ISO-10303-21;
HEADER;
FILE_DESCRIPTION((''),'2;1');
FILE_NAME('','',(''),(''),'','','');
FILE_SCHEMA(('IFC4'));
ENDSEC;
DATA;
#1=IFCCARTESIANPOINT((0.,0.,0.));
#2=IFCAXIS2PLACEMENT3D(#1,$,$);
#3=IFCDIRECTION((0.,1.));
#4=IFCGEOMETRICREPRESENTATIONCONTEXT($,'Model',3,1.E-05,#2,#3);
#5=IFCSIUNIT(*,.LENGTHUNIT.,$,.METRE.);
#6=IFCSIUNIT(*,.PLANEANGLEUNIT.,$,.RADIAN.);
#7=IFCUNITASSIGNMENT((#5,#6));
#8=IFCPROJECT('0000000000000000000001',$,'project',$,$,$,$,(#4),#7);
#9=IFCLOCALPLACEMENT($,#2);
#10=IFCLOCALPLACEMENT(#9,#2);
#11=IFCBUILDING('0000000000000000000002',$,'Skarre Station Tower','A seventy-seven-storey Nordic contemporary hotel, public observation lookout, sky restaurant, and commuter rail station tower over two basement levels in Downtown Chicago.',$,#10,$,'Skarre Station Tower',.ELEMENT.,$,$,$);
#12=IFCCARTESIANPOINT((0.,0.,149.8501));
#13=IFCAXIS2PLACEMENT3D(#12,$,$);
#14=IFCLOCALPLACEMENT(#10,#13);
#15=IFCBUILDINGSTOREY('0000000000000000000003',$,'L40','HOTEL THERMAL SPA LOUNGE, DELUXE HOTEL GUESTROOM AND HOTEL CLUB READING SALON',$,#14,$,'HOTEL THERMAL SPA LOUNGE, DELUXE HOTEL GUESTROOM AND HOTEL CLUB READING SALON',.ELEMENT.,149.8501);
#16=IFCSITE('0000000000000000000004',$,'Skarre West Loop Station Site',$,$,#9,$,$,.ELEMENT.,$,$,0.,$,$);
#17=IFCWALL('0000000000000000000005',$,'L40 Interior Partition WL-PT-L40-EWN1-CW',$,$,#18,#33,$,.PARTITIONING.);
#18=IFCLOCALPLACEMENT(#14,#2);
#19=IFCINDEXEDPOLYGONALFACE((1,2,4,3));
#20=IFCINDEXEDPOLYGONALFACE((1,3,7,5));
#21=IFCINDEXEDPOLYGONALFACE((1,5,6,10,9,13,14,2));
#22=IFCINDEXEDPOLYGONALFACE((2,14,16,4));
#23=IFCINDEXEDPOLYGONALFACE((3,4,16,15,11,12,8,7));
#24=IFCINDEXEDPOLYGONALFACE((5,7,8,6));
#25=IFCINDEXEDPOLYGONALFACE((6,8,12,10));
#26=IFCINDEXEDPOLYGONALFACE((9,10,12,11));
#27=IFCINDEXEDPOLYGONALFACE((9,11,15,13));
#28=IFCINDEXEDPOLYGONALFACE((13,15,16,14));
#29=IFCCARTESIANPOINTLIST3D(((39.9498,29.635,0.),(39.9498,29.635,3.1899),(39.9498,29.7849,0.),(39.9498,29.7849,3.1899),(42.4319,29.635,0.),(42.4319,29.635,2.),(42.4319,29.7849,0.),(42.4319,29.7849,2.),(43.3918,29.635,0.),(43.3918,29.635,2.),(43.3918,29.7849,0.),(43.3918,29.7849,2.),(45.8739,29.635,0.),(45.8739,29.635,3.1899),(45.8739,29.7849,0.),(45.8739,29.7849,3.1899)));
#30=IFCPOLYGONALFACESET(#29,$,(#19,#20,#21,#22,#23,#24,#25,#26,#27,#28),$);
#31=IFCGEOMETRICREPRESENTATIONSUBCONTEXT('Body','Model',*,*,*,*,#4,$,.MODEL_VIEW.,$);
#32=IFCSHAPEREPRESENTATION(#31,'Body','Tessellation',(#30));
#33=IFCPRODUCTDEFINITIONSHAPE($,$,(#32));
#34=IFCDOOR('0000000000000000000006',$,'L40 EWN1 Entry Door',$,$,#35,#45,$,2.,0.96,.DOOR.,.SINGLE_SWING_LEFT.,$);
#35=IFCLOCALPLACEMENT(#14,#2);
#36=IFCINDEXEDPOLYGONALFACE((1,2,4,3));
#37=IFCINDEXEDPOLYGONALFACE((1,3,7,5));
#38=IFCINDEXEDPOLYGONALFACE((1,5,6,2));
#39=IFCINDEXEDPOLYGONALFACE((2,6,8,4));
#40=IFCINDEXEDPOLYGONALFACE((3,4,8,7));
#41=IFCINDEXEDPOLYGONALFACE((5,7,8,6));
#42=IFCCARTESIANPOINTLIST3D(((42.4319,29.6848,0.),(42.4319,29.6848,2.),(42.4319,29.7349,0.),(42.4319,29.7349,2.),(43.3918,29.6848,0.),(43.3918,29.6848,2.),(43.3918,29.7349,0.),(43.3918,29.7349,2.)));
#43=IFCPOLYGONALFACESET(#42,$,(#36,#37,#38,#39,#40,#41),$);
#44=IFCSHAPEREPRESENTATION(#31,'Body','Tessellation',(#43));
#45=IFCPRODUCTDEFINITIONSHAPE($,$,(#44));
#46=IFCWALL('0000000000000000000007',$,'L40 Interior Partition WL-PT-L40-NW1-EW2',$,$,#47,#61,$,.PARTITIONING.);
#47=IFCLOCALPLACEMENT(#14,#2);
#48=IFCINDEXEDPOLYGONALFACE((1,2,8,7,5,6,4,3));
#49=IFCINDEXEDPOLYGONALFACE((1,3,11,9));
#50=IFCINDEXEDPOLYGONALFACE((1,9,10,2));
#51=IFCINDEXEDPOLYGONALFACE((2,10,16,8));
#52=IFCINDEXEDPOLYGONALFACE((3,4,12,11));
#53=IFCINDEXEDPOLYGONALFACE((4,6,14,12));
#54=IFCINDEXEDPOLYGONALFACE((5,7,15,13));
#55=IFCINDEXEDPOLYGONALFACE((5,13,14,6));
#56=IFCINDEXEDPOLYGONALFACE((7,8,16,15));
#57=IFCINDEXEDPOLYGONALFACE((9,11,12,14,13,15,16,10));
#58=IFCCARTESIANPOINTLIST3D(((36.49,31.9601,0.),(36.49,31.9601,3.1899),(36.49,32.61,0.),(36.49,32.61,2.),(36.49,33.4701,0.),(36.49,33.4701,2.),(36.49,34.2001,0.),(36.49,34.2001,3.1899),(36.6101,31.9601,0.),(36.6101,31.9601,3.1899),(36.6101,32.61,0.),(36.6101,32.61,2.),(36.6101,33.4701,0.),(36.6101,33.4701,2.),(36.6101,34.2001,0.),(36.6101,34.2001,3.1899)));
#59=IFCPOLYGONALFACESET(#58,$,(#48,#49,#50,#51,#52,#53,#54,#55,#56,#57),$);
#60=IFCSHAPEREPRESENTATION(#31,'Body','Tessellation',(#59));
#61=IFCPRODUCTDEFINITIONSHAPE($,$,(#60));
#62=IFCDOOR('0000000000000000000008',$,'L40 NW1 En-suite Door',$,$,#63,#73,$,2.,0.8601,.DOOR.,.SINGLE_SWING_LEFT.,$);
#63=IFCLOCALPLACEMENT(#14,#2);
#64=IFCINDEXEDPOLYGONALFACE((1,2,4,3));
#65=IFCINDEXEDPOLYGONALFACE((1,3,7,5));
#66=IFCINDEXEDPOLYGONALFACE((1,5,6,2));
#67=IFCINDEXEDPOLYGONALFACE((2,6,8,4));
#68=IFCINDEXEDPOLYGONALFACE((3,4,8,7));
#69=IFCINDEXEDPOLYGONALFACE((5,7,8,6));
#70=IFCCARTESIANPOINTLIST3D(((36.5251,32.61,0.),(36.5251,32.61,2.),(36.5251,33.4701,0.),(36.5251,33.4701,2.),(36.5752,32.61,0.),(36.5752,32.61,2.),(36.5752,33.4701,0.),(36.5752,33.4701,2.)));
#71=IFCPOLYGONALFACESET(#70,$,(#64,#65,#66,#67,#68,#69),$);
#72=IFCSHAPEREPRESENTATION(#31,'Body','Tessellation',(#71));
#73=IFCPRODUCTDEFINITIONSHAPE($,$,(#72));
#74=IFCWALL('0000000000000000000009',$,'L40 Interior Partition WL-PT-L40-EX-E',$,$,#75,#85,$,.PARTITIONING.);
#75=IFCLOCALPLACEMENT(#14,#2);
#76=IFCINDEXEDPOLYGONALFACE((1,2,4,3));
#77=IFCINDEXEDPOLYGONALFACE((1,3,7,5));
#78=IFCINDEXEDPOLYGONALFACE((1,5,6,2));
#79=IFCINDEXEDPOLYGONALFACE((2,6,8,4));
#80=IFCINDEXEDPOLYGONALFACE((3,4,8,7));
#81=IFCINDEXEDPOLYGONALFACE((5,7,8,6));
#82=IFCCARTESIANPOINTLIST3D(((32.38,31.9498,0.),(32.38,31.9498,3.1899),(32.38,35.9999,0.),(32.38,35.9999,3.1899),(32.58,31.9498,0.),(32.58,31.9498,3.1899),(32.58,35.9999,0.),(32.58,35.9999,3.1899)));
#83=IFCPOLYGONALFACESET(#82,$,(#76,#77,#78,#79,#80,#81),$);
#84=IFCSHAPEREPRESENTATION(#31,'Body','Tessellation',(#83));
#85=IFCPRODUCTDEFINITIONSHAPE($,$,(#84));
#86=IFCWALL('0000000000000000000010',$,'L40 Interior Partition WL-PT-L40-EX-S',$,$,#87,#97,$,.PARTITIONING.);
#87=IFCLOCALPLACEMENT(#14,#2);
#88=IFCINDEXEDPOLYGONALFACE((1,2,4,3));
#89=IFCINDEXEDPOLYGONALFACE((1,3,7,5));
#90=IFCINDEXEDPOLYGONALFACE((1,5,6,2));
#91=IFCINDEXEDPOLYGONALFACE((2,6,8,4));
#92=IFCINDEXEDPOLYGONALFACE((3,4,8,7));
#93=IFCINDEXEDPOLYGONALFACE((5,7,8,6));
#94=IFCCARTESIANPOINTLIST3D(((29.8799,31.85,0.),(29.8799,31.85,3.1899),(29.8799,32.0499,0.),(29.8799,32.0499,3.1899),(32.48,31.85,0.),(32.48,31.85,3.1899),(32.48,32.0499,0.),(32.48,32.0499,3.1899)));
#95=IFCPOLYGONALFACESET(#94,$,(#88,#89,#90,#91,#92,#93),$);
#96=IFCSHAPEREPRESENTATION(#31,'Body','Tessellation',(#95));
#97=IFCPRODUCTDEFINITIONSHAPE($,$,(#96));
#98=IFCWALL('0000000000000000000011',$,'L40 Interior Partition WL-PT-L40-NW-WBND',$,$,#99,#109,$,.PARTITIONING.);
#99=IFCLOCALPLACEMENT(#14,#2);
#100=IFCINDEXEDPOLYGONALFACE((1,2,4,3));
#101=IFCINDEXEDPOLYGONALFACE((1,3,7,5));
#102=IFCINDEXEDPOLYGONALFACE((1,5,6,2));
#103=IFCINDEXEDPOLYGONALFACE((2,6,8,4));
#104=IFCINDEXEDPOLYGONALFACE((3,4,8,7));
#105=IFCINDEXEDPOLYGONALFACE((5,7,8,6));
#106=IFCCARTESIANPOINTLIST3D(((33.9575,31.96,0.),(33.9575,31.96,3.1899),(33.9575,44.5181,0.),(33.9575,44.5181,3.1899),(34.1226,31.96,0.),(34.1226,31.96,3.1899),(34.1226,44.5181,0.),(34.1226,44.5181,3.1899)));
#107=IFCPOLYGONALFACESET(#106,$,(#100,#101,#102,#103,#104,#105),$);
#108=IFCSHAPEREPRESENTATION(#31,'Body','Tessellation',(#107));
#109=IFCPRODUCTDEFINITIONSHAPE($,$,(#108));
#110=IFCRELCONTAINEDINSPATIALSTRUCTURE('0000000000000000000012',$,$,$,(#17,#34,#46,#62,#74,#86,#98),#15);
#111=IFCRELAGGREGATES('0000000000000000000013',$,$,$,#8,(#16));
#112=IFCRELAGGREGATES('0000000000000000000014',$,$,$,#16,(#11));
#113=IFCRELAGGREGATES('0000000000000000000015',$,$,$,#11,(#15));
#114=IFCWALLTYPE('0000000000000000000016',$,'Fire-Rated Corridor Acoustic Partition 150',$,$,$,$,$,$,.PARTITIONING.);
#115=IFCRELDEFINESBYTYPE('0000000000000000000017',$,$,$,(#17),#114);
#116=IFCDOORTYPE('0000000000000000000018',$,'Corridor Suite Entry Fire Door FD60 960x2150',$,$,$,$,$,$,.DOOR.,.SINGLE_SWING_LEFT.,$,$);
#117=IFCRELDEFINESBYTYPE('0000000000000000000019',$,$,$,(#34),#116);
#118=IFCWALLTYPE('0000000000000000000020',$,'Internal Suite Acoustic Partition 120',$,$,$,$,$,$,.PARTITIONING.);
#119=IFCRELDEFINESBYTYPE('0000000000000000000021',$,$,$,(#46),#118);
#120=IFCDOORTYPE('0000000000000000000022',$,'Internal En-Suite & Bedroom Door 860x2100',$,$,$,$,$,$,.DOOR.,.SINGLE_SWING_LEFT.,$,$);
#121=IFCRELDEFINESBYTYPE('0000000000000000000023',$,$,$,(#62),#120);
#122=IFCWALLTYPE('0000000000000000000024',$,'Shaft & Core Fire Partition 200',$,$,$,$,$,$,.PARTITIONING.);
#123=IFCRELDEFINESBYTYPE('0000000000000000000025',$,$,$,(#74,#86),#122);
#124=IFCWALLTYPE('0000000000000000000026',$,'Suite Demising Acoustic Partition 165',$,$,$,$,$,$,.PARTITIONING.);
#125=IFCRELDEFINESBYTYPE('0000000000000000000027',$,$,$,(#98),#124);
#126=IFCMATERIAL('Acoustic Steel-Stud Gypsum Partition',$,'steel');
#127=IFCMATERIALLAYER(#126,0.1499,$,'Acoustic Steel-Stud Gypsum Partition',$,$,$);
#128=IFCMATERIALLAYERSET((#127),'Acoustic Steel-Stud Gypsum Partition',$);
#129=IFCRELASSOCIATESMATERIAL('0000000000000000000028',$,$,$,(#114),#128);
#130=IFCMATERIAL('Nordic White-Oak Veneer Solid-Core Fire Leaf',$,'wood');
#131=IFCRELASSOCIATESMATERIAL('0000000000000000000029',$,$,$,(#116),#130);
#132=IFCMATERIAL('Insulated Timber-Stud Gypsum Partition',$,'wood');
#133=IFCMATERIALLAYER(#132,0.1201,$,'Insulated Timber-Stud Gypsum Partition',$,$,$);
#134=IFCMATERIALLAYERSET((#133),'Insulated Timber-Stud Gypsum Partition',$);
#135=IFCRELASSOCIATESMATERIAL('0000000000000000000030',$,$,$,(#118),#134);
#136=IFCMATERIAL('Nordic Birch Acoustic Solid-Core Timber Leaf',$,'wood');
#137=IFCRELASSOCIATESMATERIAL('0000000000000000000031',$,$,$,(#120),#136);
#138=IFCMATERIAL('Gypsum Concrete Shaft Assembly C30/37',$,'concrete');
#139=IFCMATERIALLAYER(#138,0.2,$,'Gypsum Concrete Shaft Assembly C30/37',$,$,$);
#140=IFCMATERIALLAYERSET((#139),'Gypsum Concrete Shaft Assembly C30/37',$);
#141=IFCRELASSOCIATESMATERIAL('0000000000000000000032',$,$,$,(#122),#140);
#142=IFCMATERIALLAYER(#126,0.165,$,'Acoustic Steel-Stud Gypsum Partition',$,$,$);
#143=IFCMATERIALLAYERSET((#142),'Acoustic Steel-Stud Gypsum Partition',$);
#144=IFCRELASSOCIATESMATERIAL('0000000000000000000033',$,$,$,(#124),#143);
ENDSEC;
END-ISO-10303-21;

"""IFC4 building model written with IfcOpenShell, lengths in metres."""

from ifc_helpers import new_model, si_unit, direction, frame, frame_2d, origin, place, context, subcontext, project, spatial, rectangle, extrude, material, layer, layer_set, type_object, element, fill, save


model = new_model("IFC4")

# Units and contexts
model_context = context("Model", 3, precision=1e-05, world=origin(), true_north=direction((0.0, 1.0)))
body_context = subcontext(model_context, "Body", "Model", "MODEL_VIEW")
ifc_project = project(units=[si_unit("LENGTHUNIT", "METRE"), si_unit("PLANEANGLEUNIT", "RADIAN")], contexts=[model_context])

# Site, building, storey
site_placement = place(None, origin())
site = spatial("IfcSite", under=ifc_project, at=site_placement, Name="Skarre West Loop Station Site", CompositionType="ELEMENT", RefElevation=0.0)
building_placement = place(site_placement, origin())
building = spatial("IfcBuilding", under=site, at=building_placement, Name="Skarre Station Tower", Description="A seventy-seven-storey Nordic contemporary hotel, public observation lookout, sky restaurant, and commuter rail station tower over two basement levels in Downtown Chicago.", LongName="Skarre Station Tower", CompositionType="ELEMENT")
storey_placement = place(building_placement, frame((0.0, 0.0, 149.8501)))
storey = spatial("IfcBuildingStorey", under=building, at=storey_placement, Name="L40", Description="HOTEL THERMAL SPA LOUNGE, DELUXE HOTEL GUESTROOM AND HOTEL CLUB READING SALON", LongName="HOTEL THERMAL SPA LOUNGE, DELUXE HOTEL GUESTROOM AND HOTEL CLUB READING SALON", CompositionType="ELEMENT", Elevation=149.8501)

# Shared definitions
ifc_material_1 = material(Name="Acoustic Steel-Stud Gypsum Partition", Category="steel")
ifc_layer_1 = layer(ifc_material_1, 0.1499, Name="Acoustic Steel-Stud Gypsum Partition")
ifc_layer_set_1 = layer_set([ifc_layer_1], Name="Acoustic Steel-Stud Gypsum Partition")
wall_type_1 = type_object("IfcWallType", Name="Fire-Rated Corridor Acoustic Partition 150", PredefinedType="PARTITIONING", material=ifc_layer_set_1)

# Walls, openings, doors
wall_1_placement = place(storey_placement, frame((39.95, 29.71, 0.0), z_axis=(0.0, 0.0, 1.0), x_axis=(1.0, 0.0, 0.0)))
wall_1 = element("IfcWall", 1, at=wall_1_placement, inside=storey, type_object=wall_type_1, Name="L40 Interior Partition WL-PT-L40-EWN1-CW", PredefinedType="PARTITIONING", context=body_context, shape_type="SweptSolid", body=[
    extrude(rectangle(XDim=5.9241, YDim=0.1499, at=frame_2d((2.9619, 0.0))), origin(), (0.0, 0.0, 1.0), 3.1899),
])
opening_1_placement = place(wall_1_placement, frame((2.4819, 0.0, 0.0)))
opening_1 = element("IfcOpeningElement", 2, at=opening_1_placement, cuts=wall_1, PredefinedType="OPENING", context=body_context, shape_type="SweptSolid", body=[
    extrude(rectangle(XDim=0.96, YDim=2.0, at=frame_2d((0.48, 1.0))), frame((0.0, 0.085, 0.0), z_axis=(0.0, -1.0, 0.0), x_axis=(1.0, 0.0, 0.0)), (0.0, 0.0, 1.0), 0.1699),
])
ifc_material_2 = material(Name="Nordic White-Oak Veneer Solid-Core Fire Leaf", Category="wood")
door_type_1 = type_object("IfcDoorType", Name="Corridor Suite Entry Fire Door FD60 960x2150", OperationType="SINGLE_SWING_LEFT", PredefinedType="DOOR", material=ifc_material_2)
door_1_placement = place(opening_1_placement, origin())
door_1 = element("IfcDoor", 3, at=door_1_placement, inside=storey, type_object=door_type_1, Name="L40 EWN1 Entry Door", OperationType="SINGLE_SWING_LEFT", OverallHeight=2.0, OverallWidth=0.96, PredefinedType="DOOR", context=body_context, shape_type="SweptSolid", body=[
    extrude(rectangle(XDim=0.96, YDim=2.0, at=frame_2d((0.48, 1.0))), frame((0.0, 0.0249, 0.0), z_axis=(0.0, -1.0, 0.0), x_axis=(1.0, 0.0, 0.0)), (0.0, 0.0, 1.0), 0.05),
])
fill(opening_1, door_1)
ifc_material_3 = material(Name="Insulated Timber-Stud Gypsum Partition", Category="wood")
ifc_layer_2 = layer(ifc_material_3, 0.1201, Name="Insulated Timber-Stud Gypsum Partition")
ifc_layer_set_2 = layer_set([ifc_layer_2], Name="Insulated Timber-Stud Gypsum Partition")
wall_type_2 = type_object("IfcWallType", Name="Internal Suite Acoustic Partition 120", PredefinedType="PARTITIONING", material=ifc_layer_set_2)
wall_2_placement = place(storey_placement, frame((36.55, 31.96, 0.0), z_axis=(0.0, 0.0, 1.0), x_axis=(0.0, 1.0, 0.0)))
wall_2 = element("IfcWall", 4, at=wall_2_placement, inside=storey, type_object=wall_type_2, Name="L40 Interior Partition WL-PT-L40-NW1-EW2", PredefinedType="PARTITIONING", context=body_context, shape_type="SweptSolid", body=[
    extrude(rectangle(XDim=2.24, YDim=0.1201, at=frame_2d((1.1201, 0.0))), origin(), (0.0, 0.0, 1.0), 3.1899),
])
opening_2_placement = place(wall_2_placement, frame((0.6499, 0.0, 0.0)))
opening_2 = element("IfcOpeningElement", 5, at=opening_2_placement, cuts=wall_2, PredefinedType="OPENING", context=body_context, shape_type="SweptSolid", body=[
    extrude(rectangle(XDim=0.8601, YDim=2.0, at=frame_2d((0.4302, 1.0))), frame((0.0, 0.0701, 0.0), z_axis=(0.0, -1.0, 0.0), x_axis=(1.0, 0.0, 0.0)), (0.0, 0.0, 1.0), 0.1401),
])
ifc_material_4 = material(Name="Nordic Birch Acoustic Solid-Core Timber Leaf", Category="wood")
door_type_2 = type_object("IfcDoorType", Name="Internal En-Suite & Bedroom Door 860x2100", OperationType="SINGLE_SWING_LEFT", PredefinedType="DOOR", material=ifc_material_4)
door_2_placement = place(opening_2_placement, origin())
door_2 = element("IfcDoor", 6, at=door_2_placement, inside=storey, type_object=door_type_2, Name="L40 NW1 En-suite Door", OperationType="SINGLE_SWING_LEFT", OverallHeight=2.0, OverallWidth=0.8601, PredefinedType="DOOR", context=body_context, shape_type="SweptSolid", body=[
    extrude(rectangle(XDim=0.8601, YDim=2.0, at=frame_2d((0.4302, 1.0))), frame((0.0, 0.0249, 0.0), z_axis=(0.0, -1.0, 0.0), x_axis=(1.0, 0.0, 0.0)), (0.0, 0.0, 1.0), 0.05),
])
fill(opening_2, door_2)

# Walls
ifc_material_5 = material(Name="Gypsum Concrete Shaft Assembly C30/37", Category="concrete")
ifc_layer_3 = layer(ifc_material_5, 0.2, Name="Gypsum Concrete Shaft Assembly C30/37")
ifc_layer_set_3 = layer_set([ifc_layer_3], Name="Gypsum Concrete Shaft Assembly C30/37")
wall_type_3 = type_object("IfcWallType", Name="Shaft & Core Fire Partition 200", PredefinedType="PARTITIONING", material=ifc_layer_set_3)
wall_3_placement = place(storey_placement, frame((32.48, 31.95, 0.0), z_axis=(0.0, 0.0, 1.0), x_axis=(0.0, 1.0, 0.0)))
element("IfcWall", 7, at=wall_3_placement, inside=storey, type_object=wall_type_3, Name="L40 Interior Partition WL-PT-L40-EX-E", PredefinedType="PARTITIONING", context=body_context, shape_type="SweptSolid", body=[
    extrude(rectangle(XDim=4.05, YDim=0.2, at=frame_2d((2.0249, 0.0))), origin(), (0.0, 0.0, 1.0), 3.1899),
])
wall_4_placement = place(storey_placement, frame((32.48, 31.95, 0.0), z_axis=(0.0, 0.0, 1.0), x_axis=(-1.0, 0.0, 0.0)))
element("IfcWall", 8, at=wall_4_placement, inside=storey, type_object=wall_type_3, Name="L40 Interior Partition WL-PT-L40-EX-S", PredefinedType="PARTITIONING", context=body_context, shape_type="SweptSolid", body=[
    extrude(rectangle(XDim=2.6001, YDim=0.2, at=frame_2d((1.3, 0.0))), origin(), (0.0, 0.0, 1.0), 3.1899),
])
ifc_layer_4 = layer(ifc_material_1, 0.165, Name="Acoustic Steel-Stud Gypsum Partition")
ifc_layer_set_4 = layer_set([ifc_layer_4], Name="Acoustic Steel-Stud Gypsum Partition")
wall_type_4 = type_object("IfcWallType", Name="Suite Demising Acoustic Partition 165", PredefinedType="PARTITIONING", material=ifc_layer_set_4)
wall_5_placement = place(storey_placement, frame((34.04, 31.96, 0.0), z_axis=(0.0, 0.0, 1.0), x_axis=(0.0, 1.0, 0.0)))
element("IfcWall", 9, at=wall_5_placement, inside=storey, type_object=wall_type_4, Name="L40 Interior Partition WL-PT-L40-NW-WBND", PredefinedType="PARTITIONING", context=body_context, shape_type="SweptSolid", body=[
    extrude(rectangle(XDim=12.5581, YDim=0.165, at=frame_2d((6.2791, 0.0))), origin(), (0.0, 0.0, 1.0), 3.1899),
])

save(model, "model.ifc")
